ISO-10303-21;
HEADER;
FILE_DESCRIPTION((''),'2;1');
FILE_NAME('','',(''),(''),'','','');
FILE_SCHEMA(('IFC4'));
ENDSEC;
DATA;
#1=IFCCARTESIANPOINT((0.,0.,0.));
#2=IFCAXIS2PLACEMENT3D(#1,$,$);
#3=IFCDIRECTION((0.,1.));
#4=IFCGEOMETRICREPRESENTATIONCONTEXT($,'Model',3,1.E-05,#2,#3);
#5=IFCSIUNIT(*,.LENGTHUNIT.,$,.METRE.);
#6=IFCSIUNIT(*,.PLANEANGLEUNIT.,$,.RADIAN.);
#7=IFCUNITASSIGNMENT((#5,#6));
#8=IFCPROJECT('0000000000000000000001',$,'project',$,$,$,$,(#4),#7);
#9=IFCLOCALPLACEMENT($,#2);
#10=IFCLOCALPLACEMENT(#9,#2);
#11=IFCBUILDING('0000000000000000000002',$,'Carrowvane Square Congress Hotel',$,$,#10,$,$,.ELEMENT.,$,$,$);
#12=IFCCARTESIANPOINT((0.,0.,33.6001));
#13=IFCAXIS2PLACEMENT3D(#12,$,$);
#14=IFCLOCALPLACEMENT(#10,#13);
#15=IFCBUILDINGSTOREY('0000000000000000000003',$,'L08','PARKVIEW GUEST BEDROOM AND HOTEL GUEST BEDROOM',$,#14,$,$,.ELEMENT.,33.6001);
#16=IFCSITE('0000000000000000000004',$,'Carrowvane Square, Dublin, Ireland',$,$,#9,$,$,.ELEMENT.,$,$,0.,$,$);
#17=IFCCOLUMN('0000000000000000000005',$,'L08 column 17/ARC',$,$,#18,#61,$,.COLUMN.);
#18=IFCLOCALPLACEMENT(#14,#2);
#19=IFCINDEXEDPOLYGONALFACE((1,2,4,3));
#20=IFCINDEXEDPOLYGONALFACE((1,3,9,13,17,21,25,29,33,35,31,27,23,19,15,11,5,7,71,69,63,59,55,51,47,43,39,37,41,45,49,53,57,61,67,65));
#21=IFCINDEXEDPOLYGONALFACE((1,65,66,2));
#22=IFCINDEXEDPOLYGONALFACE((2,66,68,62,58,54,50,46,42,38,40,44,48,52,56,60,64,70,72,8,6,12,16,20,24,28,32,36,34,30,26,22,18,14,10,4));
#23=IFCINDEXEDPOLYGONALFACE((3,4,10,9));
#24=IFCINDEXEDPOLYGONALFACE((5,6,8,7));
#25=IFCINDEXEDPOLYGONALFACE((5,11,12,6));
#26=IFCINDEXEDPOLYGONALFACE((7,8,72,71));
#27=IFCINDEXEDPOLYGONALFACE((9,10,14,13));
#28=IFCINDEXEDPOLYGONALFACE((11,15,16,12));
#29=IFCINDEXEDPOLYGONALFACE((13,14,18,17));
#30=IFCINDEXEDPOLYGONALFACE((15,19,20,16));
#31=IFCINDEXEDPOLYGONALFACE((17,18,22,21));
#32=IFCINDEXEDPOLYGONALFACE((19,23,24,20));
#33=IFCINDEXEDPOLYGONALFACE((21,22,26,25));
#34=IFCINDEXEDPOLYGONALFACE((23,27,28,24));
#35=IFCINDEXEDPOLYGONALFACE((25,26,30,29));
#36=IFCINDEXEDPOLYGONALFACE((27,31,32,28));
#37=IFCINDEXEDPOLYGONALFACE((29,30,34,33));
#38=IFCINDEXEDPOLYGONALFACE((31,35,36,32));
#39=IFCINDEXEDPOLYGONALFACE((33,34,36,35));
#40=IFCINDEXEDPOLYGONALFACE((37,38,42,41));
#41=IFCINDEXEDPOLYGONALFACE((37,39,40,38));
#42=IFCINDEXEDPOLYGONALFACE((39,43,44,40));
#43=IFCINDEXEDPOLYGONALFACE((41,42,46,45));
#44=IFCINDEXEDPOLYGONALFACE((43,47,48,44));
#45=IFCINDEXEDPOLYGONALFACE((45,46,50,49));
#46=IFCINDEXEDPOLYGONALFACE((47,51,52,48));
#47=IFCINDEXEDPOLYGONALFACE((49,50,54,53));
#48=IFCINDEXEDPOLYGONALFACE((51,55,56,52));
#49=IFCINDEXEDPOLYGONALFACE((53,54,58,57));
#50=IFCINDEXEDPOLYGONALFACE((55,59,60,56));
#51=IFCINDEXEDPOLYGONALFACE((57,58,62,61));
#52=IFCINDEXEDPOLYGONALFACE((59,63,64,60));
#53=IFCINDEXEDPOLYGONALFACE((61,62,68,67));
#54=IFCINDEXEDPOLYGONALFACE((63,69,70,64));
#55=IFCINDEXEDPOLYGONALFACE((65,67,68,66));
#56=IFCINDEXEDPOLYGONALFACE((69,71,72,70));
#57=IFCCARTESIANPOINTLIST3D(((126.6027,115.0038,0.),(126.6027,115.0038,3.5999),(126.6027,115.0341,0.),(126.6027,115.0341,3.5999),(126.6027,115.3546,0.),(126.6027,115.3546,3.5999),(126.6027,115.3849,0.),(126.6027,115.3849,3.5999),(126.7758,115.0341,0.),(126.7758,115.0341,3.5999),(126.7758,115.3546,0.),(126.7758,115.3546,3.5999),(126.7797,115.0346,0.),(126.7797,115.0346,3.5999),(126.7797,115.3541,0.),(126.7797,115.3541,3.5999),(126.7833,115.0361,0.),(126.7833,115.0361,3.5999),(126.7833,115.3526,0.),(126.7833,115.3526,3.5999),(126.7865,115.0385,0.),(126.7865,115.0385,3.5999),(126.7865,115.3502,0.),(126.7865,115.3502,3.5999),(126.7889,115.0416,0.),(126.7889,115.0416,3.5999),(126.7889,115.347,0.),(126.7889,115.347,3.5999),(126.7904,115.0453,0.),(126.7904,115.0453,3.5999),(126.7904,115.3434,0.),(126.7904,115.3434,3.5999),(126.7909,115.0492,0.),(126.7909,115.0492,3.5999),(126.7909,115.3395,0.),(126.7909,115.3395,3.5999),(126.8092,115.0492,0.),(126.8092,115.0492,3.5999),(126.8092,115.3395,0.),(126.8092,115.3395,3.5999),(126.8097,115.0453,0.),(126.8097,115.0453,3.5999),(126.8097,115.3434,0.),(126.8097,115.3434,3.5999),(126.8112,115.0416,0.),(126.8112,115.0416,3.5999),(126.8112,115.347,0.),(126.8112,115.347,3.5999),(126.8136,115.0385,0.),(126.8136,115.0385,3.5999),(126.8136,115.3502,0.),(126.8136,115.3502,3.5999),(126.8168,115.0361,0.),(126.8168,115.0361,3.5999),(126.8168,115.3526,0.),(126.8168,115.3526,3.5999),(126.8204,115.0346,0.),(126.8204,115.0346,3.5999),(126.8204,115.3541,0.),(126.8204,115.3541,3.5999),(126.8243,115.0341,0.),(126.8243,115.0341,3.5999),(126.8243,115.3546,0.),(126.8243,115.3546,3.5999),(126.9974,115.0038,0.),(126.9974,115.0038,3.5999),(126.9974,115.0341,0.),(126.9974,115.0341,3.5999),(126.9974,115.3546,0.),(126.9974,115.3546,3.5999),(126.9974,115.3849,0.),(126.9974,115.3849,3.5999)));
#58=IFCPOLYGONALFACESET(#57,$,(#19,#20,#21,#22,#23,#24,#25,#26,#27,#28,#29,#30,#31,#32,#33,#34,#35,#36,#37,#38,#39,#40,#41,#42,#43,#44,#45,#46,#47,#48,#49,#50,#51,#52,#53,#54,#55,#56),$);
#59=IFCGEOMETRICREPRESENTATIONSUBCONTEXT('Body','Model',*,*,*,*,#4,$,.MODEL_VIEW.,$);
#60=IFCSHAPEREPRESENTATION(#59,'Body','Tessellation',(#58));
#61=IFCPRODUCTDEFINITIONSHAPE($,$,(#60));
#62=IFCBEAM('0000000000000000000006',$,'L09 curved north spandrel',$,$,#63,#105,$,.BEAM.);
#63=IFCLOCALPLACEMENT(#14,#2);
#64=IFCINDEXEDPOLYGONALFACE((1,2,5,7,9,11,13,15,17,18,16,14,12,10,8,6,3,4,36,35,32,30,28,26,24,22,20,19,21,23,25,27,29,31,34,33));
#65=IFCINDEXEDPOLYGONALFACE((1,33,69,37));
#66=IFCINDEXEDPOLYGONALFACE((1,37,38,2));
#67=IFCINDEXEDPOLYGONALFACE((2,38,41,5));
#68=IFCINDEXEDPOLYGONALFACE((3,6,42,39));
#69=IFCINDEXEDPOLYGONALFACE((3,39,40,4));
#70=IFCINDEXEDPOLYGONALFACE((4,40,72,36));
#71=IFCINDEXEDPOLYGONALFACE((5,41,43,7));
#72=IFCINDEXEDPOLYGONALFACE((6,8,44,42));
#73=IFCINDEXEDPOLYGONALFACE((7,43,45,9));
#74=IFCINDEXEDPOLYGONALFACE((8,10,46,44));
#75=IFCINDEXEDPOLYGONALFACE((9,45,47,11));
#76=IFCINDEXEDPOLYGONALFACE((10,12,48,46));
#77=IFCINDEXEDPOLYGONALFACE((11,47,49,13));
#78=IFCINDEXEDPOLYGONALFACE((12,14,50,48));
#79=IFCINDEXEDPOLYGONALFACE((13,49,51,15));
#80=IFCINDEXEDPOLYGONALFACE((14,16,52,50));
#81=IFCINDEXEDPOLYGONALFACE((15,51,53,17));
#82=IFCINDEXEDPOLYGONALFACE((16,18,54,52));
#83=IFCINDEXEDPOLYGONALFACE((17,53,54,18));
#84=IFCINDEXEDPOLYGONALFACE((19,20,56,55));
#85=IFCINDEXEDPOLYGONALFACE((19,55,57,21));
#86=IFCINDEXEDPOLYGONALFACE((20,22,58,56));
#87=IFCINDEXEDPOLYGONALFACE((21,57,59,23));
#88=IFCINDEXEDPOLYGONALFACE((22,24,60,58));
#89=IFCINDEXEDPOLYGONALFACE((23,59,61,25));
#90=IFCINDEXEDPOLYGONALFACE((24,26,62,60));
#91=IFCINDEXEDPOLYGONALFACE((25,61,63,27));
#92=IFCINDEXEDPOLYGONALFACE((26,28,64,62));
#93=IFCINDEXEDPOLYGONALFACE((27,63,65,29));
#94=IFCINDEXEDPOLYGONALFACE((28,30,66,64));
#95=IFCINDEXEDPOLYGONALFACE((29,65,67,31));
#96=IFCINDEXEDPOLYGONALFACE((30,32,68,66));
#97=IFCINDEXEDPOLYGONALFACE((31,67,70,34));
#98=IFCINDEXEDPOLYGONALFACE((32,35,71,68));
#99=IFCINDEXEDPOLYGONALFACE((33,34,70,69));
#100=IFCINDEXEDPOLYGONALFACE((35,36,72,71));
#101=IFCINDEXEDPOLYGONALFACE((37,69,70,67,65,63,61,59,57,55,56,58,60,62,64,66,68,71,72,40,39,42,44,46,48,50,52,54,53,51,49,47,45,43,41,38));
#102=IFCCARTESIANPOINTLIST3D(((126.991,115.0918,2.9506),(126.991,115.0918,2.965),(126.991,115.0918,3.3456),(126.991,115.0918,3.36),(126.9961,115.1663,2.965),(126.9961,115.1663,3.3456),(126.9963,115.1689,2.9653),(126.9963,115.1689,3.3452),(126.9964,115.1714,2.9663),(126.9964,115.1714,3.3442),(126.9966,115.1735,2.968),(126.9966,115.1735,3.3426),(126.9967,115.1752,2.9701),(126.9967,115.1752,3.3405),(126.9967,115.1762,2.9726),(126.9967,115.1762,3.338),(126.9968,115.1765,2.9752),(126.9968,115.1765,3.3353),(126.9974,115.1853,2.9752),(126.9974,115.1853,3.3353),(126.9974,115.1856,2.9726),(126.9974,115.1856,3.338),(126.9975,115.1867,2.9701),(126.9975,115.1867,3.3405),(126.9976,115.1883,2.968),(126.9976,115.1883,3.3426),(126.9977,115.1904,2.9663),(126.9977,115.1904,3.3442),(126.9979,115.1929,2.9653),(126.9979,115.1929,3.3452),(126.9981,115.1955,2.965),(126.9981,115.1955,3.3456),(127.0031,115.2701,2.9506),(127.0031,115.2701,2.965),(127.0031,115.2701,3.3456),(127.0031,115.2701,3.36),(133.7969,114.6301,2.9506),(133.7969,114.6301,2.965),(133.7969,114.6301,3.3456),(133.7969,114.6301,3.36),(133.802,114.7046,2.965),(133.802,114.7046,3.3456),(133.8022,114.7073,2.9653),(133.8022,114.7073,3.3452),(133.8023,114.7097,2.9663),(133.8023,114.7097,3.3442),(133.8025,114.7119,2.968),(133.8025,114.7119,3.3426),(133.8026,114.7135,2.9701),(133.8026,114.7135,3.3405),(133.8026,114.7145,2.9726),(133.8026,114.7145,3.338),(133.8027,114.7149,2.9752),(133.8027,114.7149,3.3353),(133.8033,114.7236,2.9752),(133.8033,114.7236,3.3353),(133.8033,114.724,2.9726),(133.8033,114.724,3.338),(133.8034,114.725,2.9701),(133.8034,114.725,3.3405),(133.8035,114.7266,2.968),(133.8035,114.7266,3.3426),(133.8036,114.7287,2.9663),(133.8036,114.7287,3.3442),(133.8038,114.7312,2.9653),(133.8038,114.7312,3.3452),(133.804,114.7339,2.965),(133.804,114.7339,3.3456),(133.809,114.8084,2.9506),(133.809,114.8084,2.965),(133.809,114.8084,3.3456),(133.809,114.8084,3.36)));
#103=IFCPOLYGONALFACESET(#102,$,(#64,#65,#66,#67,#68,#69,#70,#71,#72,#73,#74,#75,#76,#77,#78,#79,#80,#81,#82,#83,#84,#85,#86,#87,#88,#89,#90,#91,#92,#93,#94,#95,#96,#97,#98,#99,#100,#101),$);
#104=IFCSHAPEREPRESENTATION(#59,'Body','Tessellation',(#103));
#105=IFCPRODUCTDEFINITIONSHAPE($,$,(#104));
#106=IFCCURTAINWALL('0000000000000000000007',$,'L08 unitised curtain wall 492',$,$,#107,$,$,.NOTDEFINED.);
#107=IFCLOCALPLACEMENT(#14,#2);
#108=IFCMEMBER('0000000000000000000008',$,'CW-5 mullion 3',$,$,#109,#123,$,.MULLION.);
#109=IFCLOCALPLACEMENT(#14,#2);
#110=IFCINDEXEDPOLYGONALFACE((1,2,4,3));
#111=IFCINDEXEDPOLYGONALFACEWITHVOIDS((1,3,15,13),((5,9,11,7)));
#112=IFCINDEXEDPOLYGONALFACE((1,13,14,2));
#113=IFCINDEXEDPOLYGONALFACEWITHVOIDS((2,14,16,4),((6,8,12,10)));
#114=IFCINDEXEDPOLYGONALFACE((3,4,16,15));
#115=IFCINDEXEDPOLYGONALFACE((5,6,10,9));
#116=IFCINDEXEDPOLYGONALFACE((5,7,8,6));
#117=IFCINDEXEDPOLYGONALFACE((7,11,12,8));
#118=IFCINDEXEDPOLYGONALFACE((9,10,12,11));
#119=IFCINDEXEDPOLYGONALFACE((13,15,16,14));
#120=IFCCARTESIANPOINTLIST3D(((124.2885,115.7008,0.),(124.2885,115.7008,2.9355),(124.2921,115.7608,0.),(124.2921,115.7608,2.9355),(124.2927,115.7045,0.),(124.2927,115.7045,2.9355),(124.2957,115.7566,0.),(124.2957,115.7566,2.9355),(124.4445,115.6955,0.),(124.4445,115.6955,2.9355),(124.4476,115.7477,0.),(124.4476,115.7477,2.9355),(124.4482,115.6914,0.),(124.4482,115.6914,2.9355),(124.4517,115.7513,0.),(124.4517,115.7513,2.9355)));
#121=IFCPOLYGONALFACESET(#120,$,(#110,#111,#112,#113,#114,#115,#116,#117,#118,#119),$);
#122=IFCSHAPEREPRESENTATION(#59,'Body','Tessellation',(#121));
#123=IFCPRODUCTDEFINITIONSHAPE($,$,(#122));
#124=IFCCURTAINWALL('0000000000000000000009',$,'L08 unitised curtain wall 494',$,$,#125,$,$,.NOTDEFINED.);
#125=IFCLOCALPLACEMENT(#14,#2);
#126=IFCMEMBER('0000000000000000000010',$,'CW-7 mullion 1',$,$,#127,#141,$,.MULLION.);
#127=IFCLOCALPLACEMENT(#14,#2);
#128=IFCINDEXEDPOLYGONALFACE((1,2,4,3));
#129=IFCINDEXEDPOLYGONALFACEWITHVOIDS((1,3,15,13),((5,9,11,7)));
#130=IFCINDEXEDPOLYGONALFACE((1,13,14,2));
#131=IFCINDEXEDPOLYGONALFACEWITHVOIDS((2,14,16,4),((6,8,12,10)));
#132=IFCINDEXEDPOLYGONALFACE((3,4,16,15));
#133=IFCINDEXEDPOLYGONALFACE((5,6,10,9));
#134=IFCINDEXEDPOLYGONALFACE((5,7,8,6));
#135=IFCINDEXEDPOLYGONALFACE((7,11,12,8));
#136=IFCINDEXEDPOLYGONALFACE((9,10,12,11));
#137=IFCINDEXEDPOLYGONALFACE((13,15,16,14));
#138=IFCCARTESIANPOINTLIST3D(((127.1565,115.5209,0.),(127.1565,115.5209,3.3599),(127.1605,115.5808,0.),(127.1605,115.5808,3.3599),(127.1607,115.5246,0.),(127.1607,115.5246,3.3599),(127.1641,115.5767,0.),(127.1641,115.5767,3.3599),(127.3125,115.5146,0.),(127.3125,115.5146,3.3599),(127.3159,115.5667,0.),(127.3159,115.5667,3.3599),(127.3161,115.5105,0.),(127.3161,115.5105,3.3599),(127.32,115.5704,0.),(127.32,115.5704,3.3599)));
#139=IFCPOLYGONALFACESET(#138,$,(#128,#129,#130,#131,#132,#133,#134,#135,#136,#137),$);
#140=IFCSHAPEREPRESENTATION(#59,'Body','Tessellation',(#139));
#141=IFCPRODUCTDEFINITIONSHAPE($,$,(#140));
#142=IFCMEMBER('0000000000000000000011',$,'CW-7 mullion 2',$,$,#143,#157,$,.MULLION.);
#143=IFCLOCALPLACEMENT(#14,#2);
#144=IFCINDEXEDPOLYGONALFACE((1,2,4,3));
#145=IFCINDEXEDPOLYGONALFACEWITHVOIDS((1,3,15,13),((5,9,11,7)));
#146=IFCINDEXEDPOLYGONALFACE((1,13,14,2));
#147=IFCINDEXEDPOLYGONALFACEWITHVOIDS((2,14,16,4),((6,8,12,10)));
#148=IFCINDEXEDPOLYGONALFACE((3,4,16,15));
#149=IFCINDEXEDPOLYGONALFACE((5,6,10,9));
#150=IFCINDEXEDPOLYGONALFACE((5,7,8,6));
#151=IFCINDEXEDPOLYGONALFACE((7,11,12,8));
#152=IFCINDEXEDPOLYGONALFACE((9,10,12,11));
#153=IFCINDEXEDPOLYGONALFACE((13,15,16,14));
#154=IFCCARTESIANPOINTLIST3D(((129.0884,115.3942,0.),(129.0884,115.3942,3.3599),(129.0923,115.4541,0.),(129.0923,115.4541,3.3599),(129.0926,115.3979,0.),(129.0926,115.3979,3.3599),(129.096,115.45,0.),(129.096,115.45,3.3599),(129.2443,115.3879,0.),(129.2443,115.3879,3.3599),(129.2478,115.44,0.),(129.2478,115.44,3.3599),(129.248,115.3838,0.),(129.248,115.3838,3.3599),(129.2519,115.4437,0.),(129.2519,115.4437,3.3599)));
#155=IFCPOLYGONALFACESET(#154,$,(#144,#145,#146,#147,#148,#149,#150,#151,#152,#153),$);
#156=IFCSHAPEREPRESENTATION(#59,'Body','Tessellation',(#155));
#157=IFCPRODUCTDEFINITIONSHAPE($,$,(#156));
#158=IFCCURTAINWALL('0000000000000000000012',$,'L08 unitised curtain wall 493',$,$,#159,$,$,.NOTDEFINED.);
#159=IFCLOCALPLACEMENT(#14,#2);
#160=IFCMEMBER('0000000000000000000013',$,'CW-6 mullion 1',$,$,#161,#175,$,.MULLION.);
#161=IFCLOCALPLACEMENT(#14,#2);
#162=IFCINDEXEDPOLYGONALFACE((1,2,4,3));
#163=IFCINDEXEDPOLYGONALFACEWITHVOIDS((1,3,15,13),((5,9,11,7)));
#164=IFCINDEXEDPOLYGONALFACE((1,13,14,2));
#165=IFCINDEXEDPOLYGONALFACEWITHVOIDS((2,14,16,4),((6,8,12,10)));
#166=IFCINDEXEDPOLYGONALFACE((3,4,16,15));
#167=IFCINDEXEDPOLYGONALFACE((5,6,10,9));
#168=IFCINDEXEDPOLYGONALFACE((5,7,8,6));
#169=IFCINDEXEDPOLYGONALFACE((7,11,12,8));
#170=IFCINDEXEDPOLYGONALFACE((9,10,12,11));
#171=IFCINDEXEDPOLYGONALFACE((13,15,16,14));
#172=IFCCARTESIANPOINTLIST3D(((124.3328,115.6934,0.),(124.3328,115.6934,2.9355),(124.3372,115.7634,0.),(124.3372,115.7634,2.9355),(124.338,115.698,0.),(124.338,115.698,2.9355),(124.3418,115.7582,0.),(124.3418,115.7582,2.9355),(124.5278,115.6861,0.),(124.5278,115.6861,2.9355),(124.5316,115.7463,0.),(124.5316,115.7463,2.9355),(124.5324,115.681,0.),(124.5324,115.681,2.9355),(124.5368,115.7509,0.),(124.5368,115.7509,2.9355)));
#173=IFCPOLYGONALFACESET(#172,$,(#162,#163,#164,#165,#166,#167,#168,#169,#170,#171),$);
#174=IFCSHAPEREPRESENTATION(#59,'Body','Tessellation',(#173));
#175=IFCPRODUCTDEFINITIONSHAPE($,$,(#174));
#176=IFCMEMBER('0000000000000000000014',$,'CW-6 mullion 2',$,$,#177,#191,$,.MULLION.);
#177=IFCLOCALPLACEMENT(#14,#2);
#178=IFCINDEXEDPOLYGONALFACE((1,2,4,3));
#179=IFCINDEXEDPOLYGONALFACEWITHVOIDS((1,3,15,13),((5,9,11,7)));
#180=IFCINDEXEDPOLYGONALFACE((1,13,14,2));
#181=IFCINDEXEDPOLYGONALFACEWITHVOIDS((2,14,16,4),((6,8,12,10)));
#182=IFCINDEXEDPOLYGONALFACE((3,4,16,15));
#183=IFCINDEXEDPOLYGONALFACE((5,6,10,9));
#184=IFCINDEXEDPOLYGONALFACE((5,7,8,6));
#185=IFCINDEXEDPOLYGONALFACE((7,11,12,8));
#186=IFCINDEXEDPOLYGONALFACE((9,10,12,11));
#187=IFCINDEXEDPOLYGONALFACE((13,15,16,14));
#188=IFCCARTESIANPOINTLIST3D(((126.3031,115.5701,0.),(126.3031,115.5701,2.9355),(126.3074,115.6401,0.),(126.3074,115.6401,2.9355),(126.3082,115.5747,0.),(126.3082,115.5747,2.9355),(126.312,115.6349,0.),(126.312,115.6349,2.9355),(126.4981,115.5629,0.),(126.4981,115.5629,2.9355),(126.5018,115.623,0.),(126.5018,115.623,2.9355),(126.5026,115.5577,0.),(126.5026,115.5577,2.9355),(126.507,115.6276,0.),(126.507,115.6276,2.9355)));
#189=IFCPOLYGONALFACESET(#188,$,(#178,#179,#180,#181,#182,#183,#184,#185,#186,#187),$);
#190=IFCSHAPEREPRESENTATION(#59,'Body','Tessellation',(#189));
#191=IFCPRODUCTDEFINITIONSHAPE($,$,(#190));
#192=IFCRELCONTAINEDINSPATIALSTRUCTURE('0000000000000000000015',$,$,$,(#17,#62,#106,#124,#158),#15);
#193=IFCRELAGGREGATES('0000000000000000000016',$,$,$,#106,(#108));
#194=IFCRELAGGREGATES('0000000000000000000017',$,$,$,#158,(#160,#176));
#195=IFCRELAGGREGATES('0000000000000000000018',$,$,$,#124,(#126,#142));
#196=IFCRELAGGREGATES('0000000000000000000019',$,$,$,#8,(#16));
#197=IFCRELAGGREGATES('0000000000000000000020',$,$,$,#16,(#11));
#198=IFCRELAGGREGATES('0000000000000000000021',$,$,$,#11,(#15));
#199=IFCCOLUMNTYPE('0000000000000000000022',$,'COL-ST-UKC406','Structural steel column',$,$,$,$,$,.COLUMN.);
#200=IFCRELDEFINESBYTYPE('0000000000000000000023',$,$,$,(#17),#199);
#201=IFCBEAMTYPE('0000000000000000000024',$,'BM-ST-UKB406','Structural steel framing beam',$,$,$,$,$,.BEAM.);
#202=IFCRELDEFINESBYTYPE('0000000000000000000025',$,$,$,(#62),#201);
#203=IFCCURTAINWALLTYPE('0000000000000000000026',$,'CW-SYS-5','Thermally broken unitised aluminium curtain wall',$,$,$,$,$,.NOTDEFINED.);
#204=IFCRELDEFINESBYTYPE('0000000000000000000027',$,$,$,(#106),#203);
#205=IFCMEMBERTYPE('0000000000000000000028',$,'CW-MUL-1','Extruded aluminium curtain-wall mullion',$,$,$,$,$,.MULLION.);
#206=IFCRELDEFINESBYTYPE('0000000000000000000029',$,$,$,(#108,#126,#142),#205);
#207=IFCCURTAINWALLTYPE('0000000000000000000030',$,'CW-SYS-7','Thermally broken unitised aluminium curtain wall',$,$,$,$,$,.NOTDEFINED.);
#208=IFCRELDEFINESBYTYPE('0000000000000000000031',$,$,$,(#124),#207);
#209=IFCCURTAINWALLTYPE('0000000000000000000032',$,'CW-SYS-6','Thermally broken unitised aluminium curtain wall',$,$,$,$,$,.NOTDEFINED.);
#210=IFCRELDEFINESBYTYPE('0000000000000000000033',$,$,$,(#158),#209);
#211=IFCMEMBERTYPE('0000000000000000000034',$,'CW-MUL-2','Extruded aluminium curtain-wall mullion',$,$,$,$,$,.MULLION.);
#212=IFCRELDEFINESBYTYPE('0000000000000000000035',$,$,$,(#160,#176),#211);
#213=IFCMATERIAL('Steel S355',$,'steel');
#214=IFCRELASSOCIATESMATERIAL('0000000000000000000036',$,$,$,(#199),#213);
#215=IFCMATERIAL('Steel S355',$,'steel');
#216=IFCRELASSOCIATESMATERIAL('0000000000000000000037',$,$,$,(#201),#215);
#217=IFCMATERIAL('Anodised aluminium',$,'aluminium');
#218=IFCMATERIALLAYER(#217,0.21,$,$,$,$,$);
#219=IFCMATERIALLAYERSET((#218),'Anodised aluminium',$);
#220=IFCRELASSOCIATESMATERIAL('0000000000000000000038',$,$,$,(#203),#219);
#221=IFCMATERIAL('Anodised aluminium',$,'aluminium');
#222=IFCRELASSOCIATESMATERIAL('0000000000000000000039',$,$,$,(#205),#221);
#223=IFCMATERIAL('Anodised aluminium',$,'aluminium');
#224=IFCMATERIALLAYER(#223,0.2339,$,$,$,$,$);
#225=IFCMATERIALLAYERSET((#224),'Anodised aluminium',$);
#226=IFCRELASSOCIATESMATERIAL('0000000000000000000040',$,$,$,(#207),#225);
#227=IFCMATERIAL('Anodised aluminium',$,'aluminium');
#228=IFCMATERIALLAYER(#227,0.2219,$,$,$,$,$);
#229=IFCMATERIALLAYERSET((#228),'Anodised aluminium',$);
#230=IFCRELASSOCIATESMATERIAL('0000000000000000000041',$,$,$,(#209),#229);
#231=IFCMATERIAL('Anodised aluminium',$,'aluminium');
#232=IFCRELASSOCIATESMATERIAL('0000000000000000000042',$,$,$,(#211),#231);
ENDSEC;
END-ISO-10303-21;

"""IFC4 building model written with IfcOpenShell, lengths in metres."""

from ifc_helpers import new_model, si_unit, direction, frame, origin, origin_2d, place, context, subcontext, project, spatial, hollow_rectangle, i_section, extrude, material, layer, layer_set, material_profile, profile_set, type_object, element, aggregate, save


model = new_model("IFC4")

# Units and contexts
model_context = context("Model", 3, precision=1e-05, world=origin(), true_north=direction((0.0, 1.0)))
body_context = subcontext(model_context, "Body", "Model", "MODEL_VIEW")
ifc_project = project(units=[si_unit("LENGTHUNIT", "METRE"), si_unit("PLANEANGLEUNIT", "RADIAN")], contexts=[model_context])

# Site, building, storey
site_placement = place(None, origin())
site = spatial("IfcSite", under=ifc_project, at=site_placement, Name="Carrowvane Square, Dublin, Ireland", CompositionType="ELEMENT", RefElevation=0.0)
building_placement = place(site_placement, origin())
building = spatial("IfcBuilding", under=site, at=building_placement, Name="Carrowvane Square Congress Hotel", CompositionType="ELEMENT")
storey_placement = place(building_placement, frame((0.0, 0.0, 33.6001)))
storey = spatial("IfcBuildingStorey", under=building, at=storey_placement, Name="L08", Description="PARKVIEW GUEST BEDROOM AND HOTEL GUEST BEDROOM", CompositionType="ELEMENT", Elevation=33.6001)

# Column
ifc_material_1 = material(Name="Steel S355", Category="steel")
ifc_material_profile_1 = material_profile(ifc_material_1, i_section(OverallWidth=0.3948, OverallDepth=0.3811, WebThickness=0.0183, FlangeThickness=0.0303, FilletRadius=0.0151, at=origin_2d()), Name="UKC 356x406x235")
ifc_profile_set_1 = profile_set([ifc_material_profile_1], Name="Steel S355")
column_type = type_object("IfcColumnType", Name="COL-ST-UKC406", Description="Structural steel column", PredefinedType="COLUMN", material=ifc_profile_set_1)
column_placement = place(storey_placement, frame((126.8, 115.1943, 0.0), z_axis=(0.0, 0.0, 1.0), x_axis=(1.0, 0.0, 0.0)))
element("IfcColumn", 1, at=column_placement, inside=storey, type_object=column_type, Name="L08 column 17/ARC", PredefinedType="COLUMN", context=body_context, shape_type="SweptSolid", body=[
    extrude(i_section(OverallWidth=0.3948, OverallDepth=0.3811, WebThickness=0.0183, FlangeThickness=0.0303, FilletRadius=0.0151, at=origin_2d()), origin(), (0.0, 0.0, 1.0), 3.5999),
])

# Beam
ifc_material_2 = material(Name="Steel S355", Category="steel")
ifc_material_profile_2 = material_profile(ifc_material_2, i_section(OverallWidth=0.1787, OverallDepth=0.4094, WebThickness=0.0088, FlangeThickness=0.0144, FilletRadius=0.0103, at=origin_2d()), Name="UKB 406x178x67")
ifc_profile_set_2 = profile_set([ifc_material_profile_2], Name="Steel S355")
beam_type = type_object("IfcBeamType", Name="BM-ST-UKB406", Description="Structural steel framing beam", PredefinedType="BEAM", material=ifc_profile_set_2)
beam_placement = place(storey_placement, frame((126.9971, 115.1809, 3.1553), z_axis=(0.997707, -0.067678, 0.0), x_axis=(0.067678, 0.997707, 0.0)))
element("IfcBeam", 2, at=beam_placement, inside=storey, type_object=beam_type, Name="L09 curved north spandrel", PredefinedType="BEAM", context=body_context, shape_type="SweptSolid", body=[
    extrude(i_section(OverallWidth=0.1787, OverallDepth=0.4094, WebThickness=0.0088, FlangeThickness=0.0144, FilletRadius=0.0103, at=origin_2d()), origin(), (0.0, 0.0, 1.0), 6.8215),
])

# Curtain wall, member
ifc_material_3 = material(Name="Anodised aluminium", Category="aluminium")
ifc_layer_1 = layer(ifc_material_3, 0.21)
ifc_layer_set_1 = layer_set([ifc_layer_1], Name="Anodised aluminium")
curtain_wall_type_1 = type_object("IfcCurtainWallType", Name="CW-SYS-5", Description="Thermally broken unitised aluminium curtain wall", PredefinedType="NOTDEFINED", material=ifc_layer_set_1)
curtain_wall_1_placement = place(storey_placement, origin())
curtain_wall_1 = element("IfcCurtainWall", 3, at=curtain_wall_1_placement, inside=storey, type_object=curtain_wall_type_1, Name="L08 unitised curtain wall 492", PredefinedType="NOTDEFINED")
ifc_material_4 = material(Name="Anodised aluminium", Category="aluminium")
ifc_material_profile_3 = material_profile(ifc_material_4, hollow_rectangle(XDim=0.0601, YDim=0.1599, WallThickness=0.0039, at=origin_2d()), Name="CW-ML 60x160x4")
ifc_profile_set_3 = profile_set([ifc_material_profile_3], Name="Anodised aluminium")
member_type_1 = type_object("IfcMemberType", Name="CW-MUL-1", Description="Extruded aluminium curtain-wall mullion", PredefinedType="MULLION", material=ifc_profile_set_3)
member_1_placement = place(storey_placement, frame((124.3701, 115.7261, 0.0), z_axis=(0.0, 0.0, 1.0), x_axis=(0.058851, 0.998267, 0.0)))
member_1 = element("IfcMember", 4, at=member_1_placement, type_object=member_type_1, Name="CW-5 mullion 3", PredefinedType="MULLION", context=body_context, shape_type="SweptSolid", body=[
    extrude(hollow_rectangle(XDim=0.0601, YDim=0.1599, WallThickness=0.0039, at=origin_2d()), origin(), (0.0, 0.0, 1.0), 2.9355),
])
aggregate(curtain_wall_1, [member_1])

# Curtain walls, members
ifc_material_5 = material(Name="Anodised aluminium", Category="aluminium")
ifc_layer_2 = layer(ifc_material_5, 0.2339)
ifc_layer_set_2 = layer_set([ifc_layer_2], Name="Anodised aluminium")
curtain_wall_type_2 = type_object("IfcCurtainWallType", Name="CW-SYS-7", Description="Thermally broken unitised aluminium curtain wall", PredefinedType="NOTDEFINED", material=ifc_layer_set_2)
curtain_wall_2_placement = place(storey_placement, origin())
curtain_wall_2 = element("IfcCurtainWall", 5, at=curtain_wall_2_placement, inside=storey, type_object=curtain_wall_type_2, Name="L08 unitised curtain wall 494", PredefinedType="NOTDEFINED")
member_2_placement = place(storey_placement, frame((127.2383, 115.5457, 0.0), z_axis=(0.0, 0.0, 1.0), x_axis=(0.065414, 0.997858, 0.0)))
member_2 = element("IfcMember", 6, at=member_2_placement, type_object=member_type_1, Name="CW-7 mullion 1", PredefinedType="MULLION", context=body_context, shape_type="SweptSolid", body=[
    extrude(hollow_rectangle(XDim=0.0601, YDim=0.1599, WallThickness=0.0039, at=origin_2d()), origin(), (0.0, 0.0, 1.0), 3.3599),
])
member_3_placement = place(storey_placement, frame((129.1702, 115.4189, 0.0), z_axis=(0.0, 0.0, 1.0), x_axis=(0.065414, 0.997858, 0.0)))
member_3 = element("IfcMember", 7, at=member_3_placement, type_object=member_type_1, Name="CW-7 mullion 2", PredefinedType="MULLION", context=body_context, shape_type="SweptSolid", body=[
    extrude(hollow_rectangle(XDim=0.0601, YDim=0.1599, WallThickness=0.0039, at=origin_2d()), origin(), (0.0, 0.0, 1.0), 3.3599),
])
ifc_material_6 = material(Name="Anodised aluminium", Category="aluminium")
ifc_layer_3 = layer(ifc_material_6, 0.2219)
ifc_layer_set_3 = layer_set([ifc_layer_3], Name="Anodised aluminium")
curtain_wall_type_3 = type_object("IfcCurtainWallType", Name="CW-SYS-6", Description="Thermally broken unitised aluminium curtain wall", PredefinedType="NOTDEFINED", material=ifc_layer_set_3)
curtain_wall_3_placement = place(storey_placement, origin())
curtain_wall_3 = element("IfcCurtainWall", 8, at=curtain_wall_3_placement, inside=storey, type_object=curtain_wall_type_3, Name="L08 unitised curtain wall 493", PredefinedType="NOTDEFINED")
ifc_material_7 = material(Name="Anodised aluminium", Category="aluminium")
ifc_material_profile_4 = material_profile(ifc_material_7, hollow_rectangle(XDim=0.0701, YDim=0.2, WallThickness=0.0049, at=origin_2d()), Name="CW-ML 70x200x5")
ifc_profile_set_4 = profile_set([ifc_material_profile_4], Name="Anodised aluminium")
member_type_2 = type_object("IfcMemberType", Name="CW-MUL-2", Description="Extruded aluminium curtain-wall mullion", PredefinedType="MULLION", material=ifc_profile_set_4)
member_4_placement = place(storey_placement, frame((124.4348, 115.7222, 0.0), z_axis=(0.0, 0.0, 1.0), x_axis=(0.062397, 0.998051, 0.0)))
member_4 = element("IfcMember", 9, at=member_4_placement, type_object=member_type_2, Name="CW-6 mullion 1", PredefinedType="MULLION", context=body_context, shape_type="SweptSolid", body=[
    extrude(hollow_rectangle(XDim=0.0701, YDim=0.2, WallThickness=0.0049, at=origin_2d()), origin(), (0.0, 0.0, 1.0), 2.9355),
])
member_5_placement = place(storey_placement, frame((126.405, 115.5989, 0.0), z_axis=(0.0, 0.0, 1.0), x_axis=(0.062397, 0.998051, 0.0)))
member_5 = element("IfcMember", 10, at=member_5_placement, type_object=member_type_2, Name="CW-6 mullion 2", PredefinedType="MULLION", context=body_context, shape_type="SweptSolid", body=[
    extrude(hollow_rectangle(XDim=0.0701, YDim=0.2, WallThickness=0.0049, at=origin_2d()), origin(), (0.0, 0.0, 1.0), 2.9355),
])

aggregate(curtain_wall_3, [member_4, member_5])
aggregate(curtain_wall_2, [member_2, member_3])

save(model, "model.ifc")
